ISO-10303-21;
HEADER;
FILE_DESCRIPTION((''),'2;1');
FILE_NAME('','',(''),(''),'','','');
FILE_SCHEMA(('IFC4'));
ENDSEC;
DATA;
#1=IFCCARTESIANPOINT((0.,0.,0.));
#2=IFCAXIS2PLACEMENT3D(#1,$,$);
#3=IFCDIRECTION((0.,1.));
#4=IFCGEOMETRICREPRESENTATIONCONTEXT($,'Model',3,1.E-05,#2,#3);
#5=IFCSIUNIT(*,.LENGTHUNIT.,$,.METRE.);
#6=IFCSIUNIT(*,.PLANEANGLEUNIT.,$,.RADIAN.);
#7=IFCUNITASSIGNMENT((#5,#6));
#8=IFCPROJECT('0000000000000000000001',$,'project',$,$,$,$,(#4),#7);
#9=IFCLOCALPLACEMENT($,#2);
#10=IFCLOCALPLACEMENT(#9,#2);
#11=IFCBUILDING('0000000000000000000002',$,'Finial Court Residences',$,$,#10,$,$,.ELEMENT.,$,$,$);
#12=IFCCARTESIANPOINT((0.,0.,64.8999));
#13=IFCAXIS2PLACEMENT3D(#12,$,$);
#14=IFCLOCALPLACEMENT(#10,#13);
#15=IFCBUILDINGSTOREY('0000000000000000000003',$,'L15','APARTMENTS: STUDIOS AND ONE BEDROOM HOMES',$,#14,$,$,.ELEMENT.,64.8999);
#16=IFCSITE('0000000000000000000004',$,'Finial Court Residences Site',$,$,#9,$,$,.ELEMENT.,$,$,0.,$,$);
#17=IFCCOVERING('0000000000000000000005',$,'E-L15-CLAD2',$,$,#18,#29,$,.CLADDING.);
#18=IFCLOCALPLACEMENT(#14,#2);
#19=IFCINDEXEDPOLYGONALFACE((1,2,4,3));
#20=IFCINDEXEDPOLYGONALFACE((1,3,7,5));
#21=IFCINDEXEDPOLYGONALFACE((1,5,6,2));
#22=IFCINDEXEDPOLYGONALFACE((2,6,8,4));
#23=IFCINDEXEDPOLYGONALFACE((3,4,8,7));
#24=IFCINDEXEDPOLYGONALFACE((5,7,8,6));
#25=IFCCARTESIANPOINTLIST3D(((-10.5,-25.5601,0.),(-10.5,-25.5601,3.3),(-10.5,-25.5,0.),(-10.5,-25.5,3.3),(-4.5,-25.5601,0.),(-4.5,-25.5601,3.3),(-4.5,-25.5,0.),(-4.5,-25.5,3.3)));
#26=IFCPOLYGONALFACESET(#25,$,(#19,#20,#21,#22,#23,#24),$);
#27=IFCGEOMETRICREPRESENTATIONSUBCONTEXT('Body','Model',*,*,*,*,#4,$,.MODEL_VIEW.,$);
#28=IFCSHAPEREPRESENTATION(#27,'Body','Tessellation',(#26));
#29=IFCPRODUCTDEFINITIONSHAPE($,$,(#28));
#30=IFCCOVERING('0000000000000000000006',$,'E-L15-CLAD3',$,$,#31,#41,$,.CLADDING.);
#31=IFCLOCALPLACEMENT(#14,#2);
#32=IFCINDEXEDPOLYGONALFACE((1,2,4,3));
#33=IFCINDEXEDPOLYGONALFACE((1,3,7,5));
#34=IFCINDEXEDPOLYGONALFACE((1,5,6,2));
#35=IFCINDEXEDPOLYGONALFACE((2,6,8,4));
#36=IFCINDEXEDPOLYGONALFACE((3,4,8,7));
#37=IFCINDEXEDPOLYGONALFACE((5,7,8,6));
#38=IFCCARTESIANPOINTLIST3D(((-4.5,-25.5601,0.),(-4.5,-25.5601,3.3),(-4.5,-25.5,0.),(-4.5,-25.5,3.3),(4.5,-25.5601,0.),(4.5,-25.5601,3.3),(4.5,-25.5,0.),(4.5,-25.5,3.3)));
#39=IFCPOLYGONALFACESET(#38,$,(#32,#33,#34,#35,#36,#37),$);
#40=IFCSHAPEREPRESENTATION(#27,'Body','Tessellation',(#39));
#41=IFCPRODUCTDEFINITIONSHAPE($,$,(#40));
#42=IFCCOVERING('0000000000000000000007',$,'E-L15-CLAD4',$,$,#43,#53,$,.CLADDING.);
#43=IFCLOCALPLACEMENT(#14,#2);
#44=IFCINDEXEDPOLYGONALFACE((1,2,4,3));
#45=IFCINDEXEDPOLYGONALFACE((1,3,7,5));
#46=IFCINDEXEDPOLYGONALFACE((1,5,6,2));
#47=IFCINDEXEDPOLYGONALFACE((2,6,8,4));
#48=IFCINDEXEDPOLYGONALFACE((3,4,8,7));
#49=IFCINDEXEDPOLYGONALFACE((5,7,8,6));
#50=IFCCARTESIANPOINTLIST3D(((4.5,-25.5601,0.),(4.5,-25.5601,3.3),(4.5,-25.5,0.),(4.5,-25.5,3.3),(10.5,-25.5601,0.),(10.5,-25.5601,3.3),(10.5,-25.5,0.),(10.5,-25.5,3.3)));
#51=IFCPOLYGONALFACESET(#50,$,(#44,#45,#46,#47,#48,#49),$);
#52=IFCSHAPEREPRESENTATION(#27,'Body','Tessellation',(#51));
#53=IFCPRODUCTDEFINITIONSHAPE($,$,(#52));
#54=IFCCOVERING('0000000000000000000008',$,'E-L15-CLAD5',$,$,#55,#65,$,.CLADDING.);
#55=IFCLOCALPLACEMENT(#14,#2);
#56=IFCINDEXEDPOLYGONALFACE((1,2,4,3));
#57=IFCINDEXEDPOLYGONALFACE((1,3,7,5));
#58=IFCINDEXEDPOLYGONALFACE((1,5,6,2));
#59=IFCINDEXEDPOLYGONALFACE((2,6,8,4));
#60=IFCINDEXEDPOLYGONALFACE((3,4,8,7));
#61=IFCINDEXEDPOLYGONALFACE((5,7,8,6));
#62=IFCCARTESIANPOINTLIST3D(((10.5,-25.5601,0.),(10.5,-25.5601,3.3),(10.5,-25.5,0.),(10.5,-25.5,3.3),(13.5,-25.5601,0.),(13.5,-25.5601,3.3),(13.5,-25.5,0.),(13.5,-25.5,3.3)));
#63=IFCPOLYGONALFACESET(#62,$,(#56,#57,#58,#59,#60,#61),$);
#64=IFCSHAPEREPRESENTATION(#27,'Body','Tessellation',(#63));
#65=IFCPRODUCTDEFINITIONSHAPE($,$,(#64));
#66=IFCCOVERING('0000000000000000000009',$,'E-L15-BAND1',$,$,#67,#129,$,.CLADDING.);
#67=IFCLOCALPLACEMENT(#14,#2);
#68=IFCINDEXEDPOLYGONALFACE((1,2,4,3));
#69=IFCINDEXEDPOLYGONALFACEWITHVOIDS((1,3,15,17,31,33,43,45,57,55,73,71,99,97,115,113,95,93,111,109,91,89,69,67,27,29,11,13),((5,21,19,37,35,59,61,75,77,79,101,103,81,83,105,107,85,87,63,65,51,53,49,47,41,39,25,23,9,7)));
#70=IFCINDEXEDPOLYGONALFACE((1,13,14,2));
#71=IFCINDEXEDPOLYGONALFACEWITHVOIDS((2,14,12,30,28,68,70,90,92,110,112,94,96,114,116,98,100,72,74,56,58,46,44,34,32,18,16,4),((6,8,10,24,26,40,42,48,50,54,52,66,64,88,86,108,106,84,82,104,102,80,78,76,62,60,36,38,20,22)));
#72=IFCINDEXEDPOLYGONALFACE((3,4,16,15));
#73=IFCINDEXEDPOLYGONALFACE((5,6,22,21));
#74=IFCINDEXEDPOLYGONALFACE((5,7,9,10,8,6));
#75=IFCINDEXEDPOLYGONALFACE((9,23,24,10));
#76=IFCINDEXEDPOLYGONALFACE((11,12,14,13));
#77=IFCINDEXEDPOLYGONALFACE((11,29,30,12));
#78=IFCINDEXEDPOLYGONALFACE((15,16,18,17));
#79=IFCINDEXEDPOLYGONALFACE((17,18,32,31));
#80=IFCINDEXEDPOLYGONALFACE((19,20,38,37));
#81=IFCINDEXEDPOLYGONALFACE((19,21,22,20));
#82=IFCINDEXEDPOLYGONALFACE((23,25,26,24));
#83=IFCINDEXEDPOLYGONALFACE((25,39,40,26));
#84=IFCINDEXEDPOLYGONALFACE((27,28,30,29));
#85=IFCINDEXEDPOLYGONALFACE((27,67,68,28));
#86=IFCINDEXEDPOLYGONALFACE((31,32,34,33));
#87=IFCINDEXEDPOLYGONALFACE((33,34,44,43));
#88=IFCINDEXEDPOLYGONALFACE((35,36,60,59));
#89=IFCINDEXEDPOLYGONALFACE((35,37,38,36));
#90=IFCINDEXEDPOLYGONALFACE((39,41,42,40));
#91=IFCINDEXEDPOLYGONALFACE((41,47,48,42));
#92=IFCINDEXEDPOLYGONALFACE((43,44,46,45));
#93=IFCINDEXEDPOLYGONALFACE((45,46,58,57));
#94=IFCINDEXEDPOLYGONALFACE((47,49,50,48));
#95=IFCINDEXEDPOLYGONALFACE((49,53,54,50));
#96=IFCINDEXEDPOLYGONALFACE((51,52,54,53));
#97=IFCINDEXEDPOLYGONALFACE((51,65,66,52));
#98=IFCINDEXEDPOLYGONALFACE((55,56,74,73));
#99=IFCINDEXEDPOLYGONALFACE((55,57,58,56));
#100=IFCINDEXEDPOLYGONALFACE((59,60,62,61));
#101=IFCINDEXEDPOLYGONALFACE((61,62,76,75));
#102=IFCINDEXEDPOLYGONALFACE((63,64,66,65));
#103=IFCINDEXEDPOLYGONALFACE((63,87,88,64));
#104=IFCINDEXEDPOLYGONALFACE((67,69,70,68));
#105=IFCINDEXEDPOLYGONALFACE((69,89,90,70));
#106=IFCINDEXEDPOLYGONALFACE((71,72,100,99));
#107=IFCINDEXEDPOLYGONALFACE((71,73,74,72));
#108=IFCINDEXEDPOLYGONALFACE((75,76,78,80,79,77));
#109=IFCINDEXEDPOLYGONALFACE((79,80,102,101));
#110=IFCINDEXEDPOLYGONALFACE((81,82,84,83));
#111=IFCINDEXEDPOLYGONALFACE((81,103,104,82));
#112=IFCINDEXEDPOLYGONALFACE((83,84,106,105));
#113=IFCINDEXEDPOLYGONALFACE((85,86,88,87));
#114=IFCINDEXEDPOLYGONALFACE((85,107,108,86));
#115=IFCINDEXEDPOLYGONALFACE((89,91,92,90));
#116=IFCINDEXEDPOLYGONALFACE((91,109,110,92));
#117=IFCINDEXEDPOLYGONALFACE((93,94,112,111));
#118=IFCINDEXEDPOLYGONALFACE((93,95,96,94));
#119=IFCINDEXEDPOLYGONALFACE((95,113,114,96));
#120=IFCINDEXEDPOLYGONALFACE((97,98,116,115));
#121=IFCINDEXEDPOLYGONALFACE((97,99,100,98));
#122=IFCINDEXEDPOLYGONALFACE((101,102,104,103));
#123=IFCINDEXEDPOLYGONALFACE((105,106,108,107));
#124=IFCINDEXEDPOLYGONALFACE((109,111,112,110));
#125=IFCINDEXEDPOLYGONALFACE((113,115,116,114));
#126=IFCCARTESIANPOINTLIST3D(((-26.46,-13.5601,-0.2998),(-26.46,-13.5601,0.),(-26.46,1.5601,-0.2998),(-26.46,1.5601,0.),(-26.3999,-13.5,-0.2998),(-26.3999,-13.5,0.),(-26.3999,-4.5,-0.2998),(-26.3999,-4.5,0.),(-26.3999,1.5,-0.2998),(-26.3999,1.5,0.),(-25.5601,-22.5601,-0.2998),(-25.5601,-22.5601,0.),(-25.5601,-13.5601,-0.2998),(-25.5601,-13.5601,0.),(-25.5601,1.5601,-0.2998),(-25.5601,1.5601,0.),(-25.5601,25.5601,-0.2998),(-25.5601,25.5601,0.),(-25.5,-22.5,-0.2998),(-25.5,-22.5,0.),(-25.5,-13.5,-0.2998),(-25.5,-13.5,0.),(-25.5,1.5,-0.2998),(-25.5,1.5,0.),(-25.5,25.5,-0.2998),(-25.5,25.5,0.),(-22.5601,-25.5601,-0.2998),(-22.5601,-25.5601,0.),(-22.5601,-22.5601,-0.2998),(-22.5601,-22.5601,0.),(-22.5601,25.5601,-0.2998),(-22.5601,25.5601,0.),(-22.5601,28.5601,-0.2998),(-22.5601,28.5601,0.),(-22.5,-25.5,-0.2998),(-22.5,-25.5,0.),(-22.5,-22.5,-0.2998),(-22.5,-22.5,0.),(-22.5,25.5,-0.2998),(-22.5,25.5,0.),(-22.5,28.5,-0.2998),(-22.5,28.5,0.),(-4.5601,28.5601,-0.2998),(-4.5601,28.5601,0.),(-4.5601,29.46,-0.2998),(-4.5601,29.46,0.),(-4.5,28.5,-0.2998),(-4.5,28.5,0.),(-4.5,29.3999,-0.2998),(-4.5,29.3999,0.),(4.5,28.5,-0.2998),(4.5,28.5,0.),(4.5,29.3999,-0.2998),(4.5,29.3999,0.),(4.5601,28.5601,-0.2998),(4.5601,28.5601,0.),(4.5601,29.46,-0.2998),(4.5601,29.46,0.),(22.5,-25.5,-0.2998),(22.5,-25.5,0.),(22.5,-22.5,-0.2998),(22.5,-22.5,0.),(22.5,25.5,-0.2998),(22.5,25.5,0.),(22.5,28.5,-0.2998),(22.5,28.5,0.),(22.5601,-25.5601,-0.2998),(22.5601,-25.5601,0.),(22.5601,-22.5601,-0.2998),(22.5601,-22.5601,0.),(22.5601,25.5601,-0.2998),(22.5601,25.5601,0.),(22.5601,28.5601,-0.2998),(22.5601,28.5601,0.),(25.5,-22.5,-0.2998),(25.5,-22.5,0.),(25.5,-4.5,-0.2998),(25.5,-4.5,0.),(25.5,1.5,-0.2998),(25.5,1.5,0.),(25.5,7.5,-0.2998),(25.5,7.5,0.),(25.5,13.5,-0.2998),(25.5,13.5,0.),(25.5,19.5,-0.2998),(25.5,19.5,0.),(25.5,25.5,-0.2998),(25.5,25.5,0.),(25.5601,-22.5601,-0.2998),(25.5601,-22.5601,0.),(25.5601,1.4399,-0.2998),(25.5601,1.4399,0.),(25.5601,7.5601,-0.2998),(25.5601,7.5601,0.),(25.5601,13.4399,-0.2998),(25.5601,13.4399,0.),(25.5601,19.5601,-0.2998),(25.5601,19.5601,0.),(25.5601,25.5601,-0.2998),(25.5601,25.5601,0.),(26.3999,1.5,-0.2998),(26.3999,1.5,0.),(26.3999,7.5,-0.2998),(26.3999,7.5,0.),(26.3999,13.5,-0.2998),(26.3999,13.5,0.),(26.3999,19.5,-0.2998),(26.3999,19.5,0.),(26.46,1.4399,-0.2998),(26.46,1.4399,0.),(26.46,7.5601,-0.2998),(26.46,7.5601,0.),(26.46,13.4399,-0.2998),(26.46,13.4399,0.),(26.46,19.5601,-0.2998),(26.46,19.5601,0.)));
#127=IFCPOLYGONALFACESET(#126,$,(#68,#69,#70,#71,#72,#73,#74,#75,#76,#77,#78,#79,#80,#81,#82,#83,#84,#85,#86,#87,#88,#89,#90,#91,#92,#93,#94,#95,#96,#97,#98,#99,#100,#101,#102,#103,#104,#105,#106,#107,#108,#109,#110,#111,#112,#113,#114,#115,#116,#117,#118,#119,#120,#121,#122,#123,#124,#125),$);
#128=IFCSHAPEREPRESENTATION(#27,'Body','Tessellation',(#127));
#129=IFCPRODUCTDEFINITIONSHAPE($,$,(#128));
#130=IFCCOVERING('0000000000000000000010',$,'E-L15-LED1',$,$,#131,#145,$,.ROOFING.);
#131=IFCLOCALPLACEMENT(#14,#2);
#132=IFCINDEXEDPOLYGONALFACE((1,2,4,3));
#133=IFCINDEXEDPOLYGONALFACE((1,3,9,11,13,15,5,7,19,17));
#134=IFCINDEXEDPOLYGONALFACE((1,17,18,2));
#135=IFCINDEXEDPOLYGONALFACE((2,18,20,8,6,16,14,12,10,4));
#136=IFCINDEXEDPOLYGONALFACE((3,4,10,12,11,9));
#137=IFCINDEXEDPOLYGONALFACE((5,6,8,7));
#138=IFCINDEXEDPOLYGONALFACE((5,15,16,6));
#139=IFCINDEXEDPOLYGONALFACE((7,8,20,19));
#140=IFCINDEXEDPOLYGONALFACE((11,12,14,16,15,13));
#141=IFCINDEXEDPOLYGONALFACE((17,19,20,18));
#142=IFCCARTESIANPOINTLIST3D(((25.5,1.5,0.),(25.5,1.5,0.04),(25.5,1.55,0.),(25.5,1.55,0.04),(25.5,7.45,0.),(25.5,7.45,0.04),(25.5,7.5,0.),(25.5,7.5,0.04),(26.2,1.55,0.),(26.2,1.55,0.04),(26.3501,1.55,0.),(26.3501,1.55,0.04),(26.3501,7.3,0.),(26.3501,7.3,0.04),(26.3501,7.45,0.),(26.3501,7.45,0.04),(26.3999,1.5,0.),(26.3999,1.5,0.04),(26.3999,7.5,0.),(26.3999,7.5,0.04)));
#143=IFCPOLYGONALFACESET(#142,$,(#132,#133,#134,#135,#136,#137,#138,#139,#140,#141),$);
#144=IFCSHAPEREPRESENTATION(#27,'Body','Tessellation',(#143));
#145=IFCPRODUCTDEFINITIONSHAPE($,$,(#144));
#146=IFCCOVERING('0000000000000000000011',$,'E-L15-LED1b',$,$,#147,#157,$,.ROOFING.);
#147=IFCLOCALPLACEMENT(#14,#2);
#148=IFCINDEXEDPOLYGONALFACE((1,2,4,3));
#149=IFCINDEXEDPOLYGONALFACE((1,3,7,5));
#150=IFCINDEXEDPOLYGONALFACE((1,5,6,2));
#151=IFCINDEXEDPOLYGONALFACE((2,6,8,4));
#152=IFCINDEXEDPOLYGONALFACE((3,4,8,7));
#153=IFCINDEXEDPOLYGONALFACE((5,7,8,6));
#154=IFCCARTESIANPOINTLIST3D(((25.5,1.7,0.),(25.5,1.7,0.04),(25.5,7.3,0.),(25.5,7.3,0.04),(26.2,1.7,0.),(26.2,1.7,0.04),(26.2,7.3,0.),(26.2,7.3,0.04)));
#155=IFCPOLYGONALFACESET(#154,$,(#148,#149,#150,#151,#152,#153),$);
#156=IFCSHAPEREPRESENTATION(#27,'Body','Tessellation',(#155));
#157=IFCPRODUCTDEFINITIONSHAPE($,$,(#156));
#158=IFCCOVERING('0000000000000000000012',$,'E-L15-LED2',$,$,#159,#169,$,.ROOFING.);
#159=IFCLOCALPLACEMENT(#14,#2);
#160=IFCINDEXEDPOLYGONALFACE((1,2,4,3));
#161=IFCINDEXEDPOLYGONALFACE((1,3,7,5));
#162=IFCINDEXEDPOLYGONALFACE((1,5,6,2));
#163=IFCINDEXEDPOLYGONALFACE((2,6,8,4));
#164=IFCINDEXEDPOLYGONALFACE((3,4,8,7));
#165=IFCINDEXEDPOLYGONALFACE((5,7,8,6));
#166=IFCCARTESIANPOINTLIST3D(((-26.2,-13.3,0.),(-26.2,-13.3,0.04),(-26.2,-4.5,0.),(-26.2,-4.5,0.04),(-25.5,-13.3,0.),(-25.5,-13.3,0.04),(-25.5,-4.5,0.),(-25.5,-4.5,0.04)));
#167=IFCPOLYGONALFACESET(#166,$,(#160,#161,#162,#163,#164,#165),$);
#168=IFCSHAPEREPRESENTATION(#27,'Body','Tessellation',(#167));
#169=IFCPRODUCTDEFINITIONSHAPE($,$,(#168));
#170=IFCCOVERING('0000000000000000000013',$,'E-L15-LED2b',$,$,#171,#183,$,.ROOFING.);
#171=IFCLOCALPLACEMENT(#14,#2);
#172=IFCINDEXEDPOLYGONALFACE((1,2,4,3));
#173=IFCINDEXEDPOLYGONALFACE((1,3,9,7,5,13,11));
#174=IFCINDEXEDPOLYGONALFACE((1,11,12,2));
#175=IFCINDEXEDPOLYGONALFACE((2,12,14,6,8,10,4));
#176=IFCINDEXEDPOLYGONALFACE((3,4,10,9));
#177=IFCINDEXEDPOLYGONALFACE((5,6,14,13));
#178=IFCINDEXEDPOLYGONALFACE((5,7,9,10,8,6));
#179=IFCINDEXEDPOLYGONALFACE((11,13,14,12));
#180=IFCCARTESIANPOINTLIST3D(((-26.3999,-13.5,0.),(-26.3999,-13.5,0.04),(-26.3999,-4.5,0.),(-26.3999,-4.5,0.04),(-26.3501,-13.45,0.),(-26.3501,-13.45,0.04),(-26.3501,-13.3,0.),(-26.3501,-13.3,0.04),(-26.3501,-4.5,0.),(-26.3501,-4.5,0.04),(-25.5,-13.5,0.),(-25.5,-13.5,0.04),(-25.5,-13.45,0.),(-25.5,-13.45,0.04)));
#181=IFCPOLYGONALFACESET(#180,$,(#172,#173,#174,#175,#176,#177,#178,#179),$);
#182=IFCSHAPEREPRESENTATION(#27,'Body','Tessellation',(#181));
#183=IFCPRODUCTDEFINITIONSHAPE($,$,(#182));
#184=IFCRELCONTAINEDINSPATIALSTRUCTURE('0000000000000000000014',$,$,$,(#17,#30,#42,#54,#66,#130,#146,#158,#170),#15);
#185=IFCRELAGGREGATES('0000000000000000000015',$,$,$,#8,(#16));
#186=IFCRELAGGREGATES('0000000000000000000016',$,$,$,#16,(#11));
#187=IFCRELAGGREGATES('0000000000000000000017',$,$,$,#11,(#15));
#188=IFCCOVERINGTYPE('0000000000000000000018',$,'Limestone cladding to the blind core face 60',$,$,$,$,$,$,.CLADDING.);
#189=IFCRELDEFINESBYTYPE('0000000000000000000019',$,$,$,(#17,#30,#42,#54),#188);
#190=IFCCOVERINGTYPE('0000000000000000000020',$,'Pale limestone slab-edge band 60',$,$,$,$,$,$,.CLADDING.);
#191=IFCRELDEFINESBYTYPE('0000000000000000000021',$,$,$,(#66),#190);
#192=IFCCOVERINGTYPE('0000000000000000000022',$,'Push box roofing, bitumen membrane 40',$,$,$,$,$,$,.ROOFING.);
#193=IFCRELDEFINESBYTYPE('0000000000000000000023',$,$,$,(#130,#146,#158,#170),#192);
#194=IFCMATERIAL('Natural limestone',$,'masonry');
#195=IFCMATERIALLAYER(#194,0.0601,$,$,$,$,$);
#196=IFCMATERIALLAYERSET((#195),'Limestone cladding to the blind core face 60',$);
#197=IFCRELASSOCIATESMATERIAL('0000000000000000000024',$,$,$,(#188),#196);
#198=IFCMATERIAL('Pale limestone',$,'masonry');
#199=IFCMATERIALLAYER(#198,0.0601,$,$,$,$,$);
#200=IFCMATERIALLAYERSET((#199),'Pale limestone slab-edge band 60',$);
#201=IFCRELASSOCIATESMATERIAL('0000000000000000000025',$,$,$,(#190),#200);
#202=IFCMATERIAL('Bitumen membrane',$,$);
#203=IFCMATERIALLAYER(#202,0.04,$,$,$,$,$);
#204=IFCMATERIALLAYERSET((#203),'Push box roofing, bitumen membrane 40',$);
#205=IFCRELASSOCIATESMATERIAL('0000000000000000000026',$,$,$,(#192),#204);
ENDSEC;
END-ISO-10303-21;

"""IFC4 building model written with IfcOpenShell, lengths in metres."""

from ifc_helpers import new_model, si_unit, direction, frame, origin, place, context, subcontext, project, spatial, polyline, outline, extrude, material, layer, layer_set, type_object, element, save


model = new_model("IFC4")

# Units and contexts
model_context = context("Model", 3, precision=1e-05, world=origin(), true_north=direction((0.0, 1.0)))
body_context = subcontext(model_context, "Body", "Model", "MODEL_VIEW")
ifc_project = project(units=[si_unit("LENGTHUNIT", "METRE"), si_unit("PLANEANGLEUNIT", "RADIAN")], contexts=[model_context])

# Site, building, storey
site_placement = place(None, origin())
site = spatial("IfcSite", under=ifc_project, at=site_placement, Name="Finial Court Residences Site", CompositionType="ELEMENT", RefElevation=0.0)
building_placement = place(site_placement, origin())
building = spatial("IfcBuilding", under=site, at=building_placement, Name="Finial Court Residences", CompositionType="ELEMENT")
storey_placement = place(building_placement, frame((0.0, 0.0, 64.8999)))
storey = spatial("IfcBuildingStorey", under=building, at=storey_placement, Name="L15", Description="APARTMENTS: STUDIOS AND ONE BEDROOM HOMES", CompositionType="ELEMENT", Elevation=64.8999)

# Coverings
ifc_material_1 = material(Name="Natural limestone", Category="masonry")
ifc_layer_1 = layer(ifc_material_1, 0.0601)
ifc_layer_set_1 = layer_set([ifc_layer_1], Name="Limestone cladding to the blind core face 60")
covering_type_1 = type_object("IfcCoveringType", Name="Limestone cladding to the blind core face 60", PredefinedType="CLADDING", material=ifc_layer_set_1)
covering_1_placement = place(storey_placement, origin())
element("IfcCovering", 1, at=covering_1_placement, inside=storey, type_object=covering_type_1, Name="E-L15-CLAD2", PredefinedType="CLADDING", context=body_context, shape_type="SweptSolid", body=[
    extrude(outline(polyline([(-4.5, -25.5601), (-4.5, -25.5), (-10.5, -25.5), (-10.5, -25.5601), (-4.5, -25.5601)])), origin(), (0.0, 0.0, 1.0), 3.3),
])
covering_2_placement = place(storey_placement, origin())
element("IfcCovering", 2, at=covering_2_placement, inside=storey, type_object=covering_type_1, Name="E-L15-CLAD3", PredefinedType="CLADDING", context=body_context, shape_type="SweptSolid", body=[
    extrude(outline(polyline([(4.5, -25.5601), (4.5, -25.5), (-4.5, -25.5), (-4.5, -25.5601), (4.5, -25.5601)])), origin(), (0.0, 0.0, 1.0), 3.3),
])
covering_3_placement = place(storey_placement, origin())
element("IfcCovering", 3, at=covering_3_placement, inside=storey, type_object=covering_type_1, Name="E-L15-CLAD4", PredefinedType="CLADDING", context=body_context, shape_type="SweptSolid", body=[
    extrude(outline(polyline([(10.5, -25.5601), (10.5, -25.5), (4.5, -25.5), (4.5, -25.5601), (10.5, -25.5601)])), origin(), (0.0, 0.0, 1.0), 3.3),
])
covering_4_placement = place(storey_placement, origin())
element("IfcCovering", 4, at=covering_4_placement, inside=storey, type_object=covering_type_1, Name="E-L15-CLAD5", PredefinedType="CLADDING", context=body_context, shape_type="SweptSolid", body=[
    extrude(outline(polyline([(13.5, -25.5601), (13.5, -25.5), (10.5, -25.5), (10.5, -25.5601), (13.5, -25.5601)])), origin(), (0.0, 0.0, 1.0), 3.3),
])
ifc_material_2 = material(Name="Pale limestone", Category="masonry")
ifc_layer_2 = layer(ifc_material_2, 0.0601)
ifc_layer_set_2 = layer_set([ifc_layer_2], Name="Pale limestone slab-edge band 60")
covering_type_2 = type_object("IfcCoveringType", Name="Pale limestone slab-edge band 60", PredefinedType="CLADDING", material=ifc_layer_set_2)
covering_5_placement = place(storey_placement, frame((0.0, 0.0, -0.2998)))
element("IfcCovering", 5, at=covering_5_placement, inside=storey, type_object=covering_type_2, Name="E-L15-BAND1", PredefinedType="CLADDING", context=body_context, shape_type="SweptSolid", body=[
    extrude(outline(polyline([(-26.46, 1.5601), (-25.5601, 1.5601), (-25.5601, 25.5601), (-22.5601, 25.5601), (-22.5601, 28.5601), (-4.5601, 28.5601), (-4.5601, 29.46), (4.5601, 29.46), (4.5601, 28.5601), (22.5601, 28.5601), (22.5601, 25.5601), (25.5601, 25.5601), (25.5601, 19.5601), (26.46, 19.5601), (26.46, 13.4399), (25.5601, 13.4399), (25.5601, 7.5601), (26.46, 7.5601), (26.46, 1.4399), (25.5601, 1.4399), (25.5601, -22.5601), (22.5601, -22.5601), (22.5601, -25.5601), (-22.5601, -25.5601), (-22.5601, -22.5601), (-25.5601, -22.5601), (-25.5601, -13.5601), (-26.46, -13.5601), (-26.46, 1.5601)]), holes=[polyline([(-25.5, -13.5), (-25.5, -22.5), (-22.5, -22.5), (-22.5, -25.5), (22.5, -25.5), (22.5, -22.5), (25.5, -22.5), (25.5, -4.5), (25.5, 1.5), (26.3999, 1.5), (26.3999, 7.5), (25.5, 7.5), (25.5, 13.5), (26.3999, 13.5), (26.3999, 19.5), (25.5, 19.5), (25.5, 25.5), (22.5, 25.5), (22.5, 28.5), (4.5, 28.5), (4.5, 29.3999), (-4.5, 29.3999), (-4.5, 28.5), (-22.5, 28.5), (-22.5, 25.5), (-25.5, 25.5), (-25.5, 1.5), (-26.3999, 1.5), (-26.3999, -4.5), (-26.3999, -13.5), (-25.5, -13.5)])]), origin(), (0.0, 0.0, 1.0), 0.2998),
])
ifc_material_3 = material(Name="Bitumen membrane")
ifc_layer_3 = layer(ifc_material_3, 0.04)
ifc_layer_set_3 = layer_set([ifc_layer_3], Name="Push box roofing, bitumen membrane 40")
covering_type_3 = type_object("IfcCoveringType", Name="Push box roofing, bitumen membrane 40", PredefinedType="ROOFING", material=ifc_layer_set_3)
covering_6_placement = place(storey_placement, origin())
element("IfcCovering", 6, at=covering_6_placement, inside=storey, type_object=covering_type_3, Name="E-L15-LED1", PredefinedType="ROOFING", context=body_context, shape_type="SweptSolid", body=[
    extrude(outline(polyline([(25.5, 1.55), (26.2, 1.55), (26.3501, 1.55), (26.3501, 7.3), (26.3501, 7.3), (26.3501, 7.45), (25.5, 7.45), (25.5, 7.5), (26.3999, 7.5), (26.3999, 1.5), (25.5, 1.5), (25.5, 1.55)])), origin(), (0.0, 0.0, 1.0), 0.04),
])
covering_7_placement = place(storey_placement, origin())
element("IfcCovering", 7, at=covering_7_placement, inside=storey, type_object=covering_type_3, Name="E-L15-LED1b", PredefinedType="ROOFING", context=body_context, shape_type="SweptSolid", body=[
    extrude(outline(polyline([(25.5, 7.3), (26.2, 7.3), (26.2, 1.7), (25.5, 1.7), (25.5, 7.3)])), origin(), (0.0, 0.0, 1.0), 0.04),
])
covering_8_placement = place(storey_placement, origin())
element("IfcCovering", 8, at=covering_8_placement, inside=storey, type_object=covering_type_3, Name="E-L15-LED2", PredefinedType="ROOFING", context=body_context, shape_type="SweptSolid", body=[
    extrude(outline(polyline([(-25.5, -13.3), (-26.2, -13.3), (-26.2, -4.5), (-25.5, -4.5), (-25.5, -13.3)])), origin(), (0.0, 0.0, 1.0), 0.04),
])
covering_9_placement = place(storey_placement, origin())
element("IfcCovering", 9, at=covering_9_placement, inside=storey, type_object=covering_type_3, Name="E-L15-LED2b", PredefinedType="ROOFING", context=body_context, shape_type="SweptSolid", body=[
    extrude(outline(polyline([(-25.5, -13.5), (-26.3999, -13.5), (-26.3999, -4.5), (-26.3501, -4.5), (-26.3501, -13.3), (-26.3501, -13.3), (-26.3501, -13.45), (-25.5, -13.45), (-25.5, -13.5)])), origin(), (0.0, 0.0, 1.0), 0.04),
])

save(model, "model.ifc")
